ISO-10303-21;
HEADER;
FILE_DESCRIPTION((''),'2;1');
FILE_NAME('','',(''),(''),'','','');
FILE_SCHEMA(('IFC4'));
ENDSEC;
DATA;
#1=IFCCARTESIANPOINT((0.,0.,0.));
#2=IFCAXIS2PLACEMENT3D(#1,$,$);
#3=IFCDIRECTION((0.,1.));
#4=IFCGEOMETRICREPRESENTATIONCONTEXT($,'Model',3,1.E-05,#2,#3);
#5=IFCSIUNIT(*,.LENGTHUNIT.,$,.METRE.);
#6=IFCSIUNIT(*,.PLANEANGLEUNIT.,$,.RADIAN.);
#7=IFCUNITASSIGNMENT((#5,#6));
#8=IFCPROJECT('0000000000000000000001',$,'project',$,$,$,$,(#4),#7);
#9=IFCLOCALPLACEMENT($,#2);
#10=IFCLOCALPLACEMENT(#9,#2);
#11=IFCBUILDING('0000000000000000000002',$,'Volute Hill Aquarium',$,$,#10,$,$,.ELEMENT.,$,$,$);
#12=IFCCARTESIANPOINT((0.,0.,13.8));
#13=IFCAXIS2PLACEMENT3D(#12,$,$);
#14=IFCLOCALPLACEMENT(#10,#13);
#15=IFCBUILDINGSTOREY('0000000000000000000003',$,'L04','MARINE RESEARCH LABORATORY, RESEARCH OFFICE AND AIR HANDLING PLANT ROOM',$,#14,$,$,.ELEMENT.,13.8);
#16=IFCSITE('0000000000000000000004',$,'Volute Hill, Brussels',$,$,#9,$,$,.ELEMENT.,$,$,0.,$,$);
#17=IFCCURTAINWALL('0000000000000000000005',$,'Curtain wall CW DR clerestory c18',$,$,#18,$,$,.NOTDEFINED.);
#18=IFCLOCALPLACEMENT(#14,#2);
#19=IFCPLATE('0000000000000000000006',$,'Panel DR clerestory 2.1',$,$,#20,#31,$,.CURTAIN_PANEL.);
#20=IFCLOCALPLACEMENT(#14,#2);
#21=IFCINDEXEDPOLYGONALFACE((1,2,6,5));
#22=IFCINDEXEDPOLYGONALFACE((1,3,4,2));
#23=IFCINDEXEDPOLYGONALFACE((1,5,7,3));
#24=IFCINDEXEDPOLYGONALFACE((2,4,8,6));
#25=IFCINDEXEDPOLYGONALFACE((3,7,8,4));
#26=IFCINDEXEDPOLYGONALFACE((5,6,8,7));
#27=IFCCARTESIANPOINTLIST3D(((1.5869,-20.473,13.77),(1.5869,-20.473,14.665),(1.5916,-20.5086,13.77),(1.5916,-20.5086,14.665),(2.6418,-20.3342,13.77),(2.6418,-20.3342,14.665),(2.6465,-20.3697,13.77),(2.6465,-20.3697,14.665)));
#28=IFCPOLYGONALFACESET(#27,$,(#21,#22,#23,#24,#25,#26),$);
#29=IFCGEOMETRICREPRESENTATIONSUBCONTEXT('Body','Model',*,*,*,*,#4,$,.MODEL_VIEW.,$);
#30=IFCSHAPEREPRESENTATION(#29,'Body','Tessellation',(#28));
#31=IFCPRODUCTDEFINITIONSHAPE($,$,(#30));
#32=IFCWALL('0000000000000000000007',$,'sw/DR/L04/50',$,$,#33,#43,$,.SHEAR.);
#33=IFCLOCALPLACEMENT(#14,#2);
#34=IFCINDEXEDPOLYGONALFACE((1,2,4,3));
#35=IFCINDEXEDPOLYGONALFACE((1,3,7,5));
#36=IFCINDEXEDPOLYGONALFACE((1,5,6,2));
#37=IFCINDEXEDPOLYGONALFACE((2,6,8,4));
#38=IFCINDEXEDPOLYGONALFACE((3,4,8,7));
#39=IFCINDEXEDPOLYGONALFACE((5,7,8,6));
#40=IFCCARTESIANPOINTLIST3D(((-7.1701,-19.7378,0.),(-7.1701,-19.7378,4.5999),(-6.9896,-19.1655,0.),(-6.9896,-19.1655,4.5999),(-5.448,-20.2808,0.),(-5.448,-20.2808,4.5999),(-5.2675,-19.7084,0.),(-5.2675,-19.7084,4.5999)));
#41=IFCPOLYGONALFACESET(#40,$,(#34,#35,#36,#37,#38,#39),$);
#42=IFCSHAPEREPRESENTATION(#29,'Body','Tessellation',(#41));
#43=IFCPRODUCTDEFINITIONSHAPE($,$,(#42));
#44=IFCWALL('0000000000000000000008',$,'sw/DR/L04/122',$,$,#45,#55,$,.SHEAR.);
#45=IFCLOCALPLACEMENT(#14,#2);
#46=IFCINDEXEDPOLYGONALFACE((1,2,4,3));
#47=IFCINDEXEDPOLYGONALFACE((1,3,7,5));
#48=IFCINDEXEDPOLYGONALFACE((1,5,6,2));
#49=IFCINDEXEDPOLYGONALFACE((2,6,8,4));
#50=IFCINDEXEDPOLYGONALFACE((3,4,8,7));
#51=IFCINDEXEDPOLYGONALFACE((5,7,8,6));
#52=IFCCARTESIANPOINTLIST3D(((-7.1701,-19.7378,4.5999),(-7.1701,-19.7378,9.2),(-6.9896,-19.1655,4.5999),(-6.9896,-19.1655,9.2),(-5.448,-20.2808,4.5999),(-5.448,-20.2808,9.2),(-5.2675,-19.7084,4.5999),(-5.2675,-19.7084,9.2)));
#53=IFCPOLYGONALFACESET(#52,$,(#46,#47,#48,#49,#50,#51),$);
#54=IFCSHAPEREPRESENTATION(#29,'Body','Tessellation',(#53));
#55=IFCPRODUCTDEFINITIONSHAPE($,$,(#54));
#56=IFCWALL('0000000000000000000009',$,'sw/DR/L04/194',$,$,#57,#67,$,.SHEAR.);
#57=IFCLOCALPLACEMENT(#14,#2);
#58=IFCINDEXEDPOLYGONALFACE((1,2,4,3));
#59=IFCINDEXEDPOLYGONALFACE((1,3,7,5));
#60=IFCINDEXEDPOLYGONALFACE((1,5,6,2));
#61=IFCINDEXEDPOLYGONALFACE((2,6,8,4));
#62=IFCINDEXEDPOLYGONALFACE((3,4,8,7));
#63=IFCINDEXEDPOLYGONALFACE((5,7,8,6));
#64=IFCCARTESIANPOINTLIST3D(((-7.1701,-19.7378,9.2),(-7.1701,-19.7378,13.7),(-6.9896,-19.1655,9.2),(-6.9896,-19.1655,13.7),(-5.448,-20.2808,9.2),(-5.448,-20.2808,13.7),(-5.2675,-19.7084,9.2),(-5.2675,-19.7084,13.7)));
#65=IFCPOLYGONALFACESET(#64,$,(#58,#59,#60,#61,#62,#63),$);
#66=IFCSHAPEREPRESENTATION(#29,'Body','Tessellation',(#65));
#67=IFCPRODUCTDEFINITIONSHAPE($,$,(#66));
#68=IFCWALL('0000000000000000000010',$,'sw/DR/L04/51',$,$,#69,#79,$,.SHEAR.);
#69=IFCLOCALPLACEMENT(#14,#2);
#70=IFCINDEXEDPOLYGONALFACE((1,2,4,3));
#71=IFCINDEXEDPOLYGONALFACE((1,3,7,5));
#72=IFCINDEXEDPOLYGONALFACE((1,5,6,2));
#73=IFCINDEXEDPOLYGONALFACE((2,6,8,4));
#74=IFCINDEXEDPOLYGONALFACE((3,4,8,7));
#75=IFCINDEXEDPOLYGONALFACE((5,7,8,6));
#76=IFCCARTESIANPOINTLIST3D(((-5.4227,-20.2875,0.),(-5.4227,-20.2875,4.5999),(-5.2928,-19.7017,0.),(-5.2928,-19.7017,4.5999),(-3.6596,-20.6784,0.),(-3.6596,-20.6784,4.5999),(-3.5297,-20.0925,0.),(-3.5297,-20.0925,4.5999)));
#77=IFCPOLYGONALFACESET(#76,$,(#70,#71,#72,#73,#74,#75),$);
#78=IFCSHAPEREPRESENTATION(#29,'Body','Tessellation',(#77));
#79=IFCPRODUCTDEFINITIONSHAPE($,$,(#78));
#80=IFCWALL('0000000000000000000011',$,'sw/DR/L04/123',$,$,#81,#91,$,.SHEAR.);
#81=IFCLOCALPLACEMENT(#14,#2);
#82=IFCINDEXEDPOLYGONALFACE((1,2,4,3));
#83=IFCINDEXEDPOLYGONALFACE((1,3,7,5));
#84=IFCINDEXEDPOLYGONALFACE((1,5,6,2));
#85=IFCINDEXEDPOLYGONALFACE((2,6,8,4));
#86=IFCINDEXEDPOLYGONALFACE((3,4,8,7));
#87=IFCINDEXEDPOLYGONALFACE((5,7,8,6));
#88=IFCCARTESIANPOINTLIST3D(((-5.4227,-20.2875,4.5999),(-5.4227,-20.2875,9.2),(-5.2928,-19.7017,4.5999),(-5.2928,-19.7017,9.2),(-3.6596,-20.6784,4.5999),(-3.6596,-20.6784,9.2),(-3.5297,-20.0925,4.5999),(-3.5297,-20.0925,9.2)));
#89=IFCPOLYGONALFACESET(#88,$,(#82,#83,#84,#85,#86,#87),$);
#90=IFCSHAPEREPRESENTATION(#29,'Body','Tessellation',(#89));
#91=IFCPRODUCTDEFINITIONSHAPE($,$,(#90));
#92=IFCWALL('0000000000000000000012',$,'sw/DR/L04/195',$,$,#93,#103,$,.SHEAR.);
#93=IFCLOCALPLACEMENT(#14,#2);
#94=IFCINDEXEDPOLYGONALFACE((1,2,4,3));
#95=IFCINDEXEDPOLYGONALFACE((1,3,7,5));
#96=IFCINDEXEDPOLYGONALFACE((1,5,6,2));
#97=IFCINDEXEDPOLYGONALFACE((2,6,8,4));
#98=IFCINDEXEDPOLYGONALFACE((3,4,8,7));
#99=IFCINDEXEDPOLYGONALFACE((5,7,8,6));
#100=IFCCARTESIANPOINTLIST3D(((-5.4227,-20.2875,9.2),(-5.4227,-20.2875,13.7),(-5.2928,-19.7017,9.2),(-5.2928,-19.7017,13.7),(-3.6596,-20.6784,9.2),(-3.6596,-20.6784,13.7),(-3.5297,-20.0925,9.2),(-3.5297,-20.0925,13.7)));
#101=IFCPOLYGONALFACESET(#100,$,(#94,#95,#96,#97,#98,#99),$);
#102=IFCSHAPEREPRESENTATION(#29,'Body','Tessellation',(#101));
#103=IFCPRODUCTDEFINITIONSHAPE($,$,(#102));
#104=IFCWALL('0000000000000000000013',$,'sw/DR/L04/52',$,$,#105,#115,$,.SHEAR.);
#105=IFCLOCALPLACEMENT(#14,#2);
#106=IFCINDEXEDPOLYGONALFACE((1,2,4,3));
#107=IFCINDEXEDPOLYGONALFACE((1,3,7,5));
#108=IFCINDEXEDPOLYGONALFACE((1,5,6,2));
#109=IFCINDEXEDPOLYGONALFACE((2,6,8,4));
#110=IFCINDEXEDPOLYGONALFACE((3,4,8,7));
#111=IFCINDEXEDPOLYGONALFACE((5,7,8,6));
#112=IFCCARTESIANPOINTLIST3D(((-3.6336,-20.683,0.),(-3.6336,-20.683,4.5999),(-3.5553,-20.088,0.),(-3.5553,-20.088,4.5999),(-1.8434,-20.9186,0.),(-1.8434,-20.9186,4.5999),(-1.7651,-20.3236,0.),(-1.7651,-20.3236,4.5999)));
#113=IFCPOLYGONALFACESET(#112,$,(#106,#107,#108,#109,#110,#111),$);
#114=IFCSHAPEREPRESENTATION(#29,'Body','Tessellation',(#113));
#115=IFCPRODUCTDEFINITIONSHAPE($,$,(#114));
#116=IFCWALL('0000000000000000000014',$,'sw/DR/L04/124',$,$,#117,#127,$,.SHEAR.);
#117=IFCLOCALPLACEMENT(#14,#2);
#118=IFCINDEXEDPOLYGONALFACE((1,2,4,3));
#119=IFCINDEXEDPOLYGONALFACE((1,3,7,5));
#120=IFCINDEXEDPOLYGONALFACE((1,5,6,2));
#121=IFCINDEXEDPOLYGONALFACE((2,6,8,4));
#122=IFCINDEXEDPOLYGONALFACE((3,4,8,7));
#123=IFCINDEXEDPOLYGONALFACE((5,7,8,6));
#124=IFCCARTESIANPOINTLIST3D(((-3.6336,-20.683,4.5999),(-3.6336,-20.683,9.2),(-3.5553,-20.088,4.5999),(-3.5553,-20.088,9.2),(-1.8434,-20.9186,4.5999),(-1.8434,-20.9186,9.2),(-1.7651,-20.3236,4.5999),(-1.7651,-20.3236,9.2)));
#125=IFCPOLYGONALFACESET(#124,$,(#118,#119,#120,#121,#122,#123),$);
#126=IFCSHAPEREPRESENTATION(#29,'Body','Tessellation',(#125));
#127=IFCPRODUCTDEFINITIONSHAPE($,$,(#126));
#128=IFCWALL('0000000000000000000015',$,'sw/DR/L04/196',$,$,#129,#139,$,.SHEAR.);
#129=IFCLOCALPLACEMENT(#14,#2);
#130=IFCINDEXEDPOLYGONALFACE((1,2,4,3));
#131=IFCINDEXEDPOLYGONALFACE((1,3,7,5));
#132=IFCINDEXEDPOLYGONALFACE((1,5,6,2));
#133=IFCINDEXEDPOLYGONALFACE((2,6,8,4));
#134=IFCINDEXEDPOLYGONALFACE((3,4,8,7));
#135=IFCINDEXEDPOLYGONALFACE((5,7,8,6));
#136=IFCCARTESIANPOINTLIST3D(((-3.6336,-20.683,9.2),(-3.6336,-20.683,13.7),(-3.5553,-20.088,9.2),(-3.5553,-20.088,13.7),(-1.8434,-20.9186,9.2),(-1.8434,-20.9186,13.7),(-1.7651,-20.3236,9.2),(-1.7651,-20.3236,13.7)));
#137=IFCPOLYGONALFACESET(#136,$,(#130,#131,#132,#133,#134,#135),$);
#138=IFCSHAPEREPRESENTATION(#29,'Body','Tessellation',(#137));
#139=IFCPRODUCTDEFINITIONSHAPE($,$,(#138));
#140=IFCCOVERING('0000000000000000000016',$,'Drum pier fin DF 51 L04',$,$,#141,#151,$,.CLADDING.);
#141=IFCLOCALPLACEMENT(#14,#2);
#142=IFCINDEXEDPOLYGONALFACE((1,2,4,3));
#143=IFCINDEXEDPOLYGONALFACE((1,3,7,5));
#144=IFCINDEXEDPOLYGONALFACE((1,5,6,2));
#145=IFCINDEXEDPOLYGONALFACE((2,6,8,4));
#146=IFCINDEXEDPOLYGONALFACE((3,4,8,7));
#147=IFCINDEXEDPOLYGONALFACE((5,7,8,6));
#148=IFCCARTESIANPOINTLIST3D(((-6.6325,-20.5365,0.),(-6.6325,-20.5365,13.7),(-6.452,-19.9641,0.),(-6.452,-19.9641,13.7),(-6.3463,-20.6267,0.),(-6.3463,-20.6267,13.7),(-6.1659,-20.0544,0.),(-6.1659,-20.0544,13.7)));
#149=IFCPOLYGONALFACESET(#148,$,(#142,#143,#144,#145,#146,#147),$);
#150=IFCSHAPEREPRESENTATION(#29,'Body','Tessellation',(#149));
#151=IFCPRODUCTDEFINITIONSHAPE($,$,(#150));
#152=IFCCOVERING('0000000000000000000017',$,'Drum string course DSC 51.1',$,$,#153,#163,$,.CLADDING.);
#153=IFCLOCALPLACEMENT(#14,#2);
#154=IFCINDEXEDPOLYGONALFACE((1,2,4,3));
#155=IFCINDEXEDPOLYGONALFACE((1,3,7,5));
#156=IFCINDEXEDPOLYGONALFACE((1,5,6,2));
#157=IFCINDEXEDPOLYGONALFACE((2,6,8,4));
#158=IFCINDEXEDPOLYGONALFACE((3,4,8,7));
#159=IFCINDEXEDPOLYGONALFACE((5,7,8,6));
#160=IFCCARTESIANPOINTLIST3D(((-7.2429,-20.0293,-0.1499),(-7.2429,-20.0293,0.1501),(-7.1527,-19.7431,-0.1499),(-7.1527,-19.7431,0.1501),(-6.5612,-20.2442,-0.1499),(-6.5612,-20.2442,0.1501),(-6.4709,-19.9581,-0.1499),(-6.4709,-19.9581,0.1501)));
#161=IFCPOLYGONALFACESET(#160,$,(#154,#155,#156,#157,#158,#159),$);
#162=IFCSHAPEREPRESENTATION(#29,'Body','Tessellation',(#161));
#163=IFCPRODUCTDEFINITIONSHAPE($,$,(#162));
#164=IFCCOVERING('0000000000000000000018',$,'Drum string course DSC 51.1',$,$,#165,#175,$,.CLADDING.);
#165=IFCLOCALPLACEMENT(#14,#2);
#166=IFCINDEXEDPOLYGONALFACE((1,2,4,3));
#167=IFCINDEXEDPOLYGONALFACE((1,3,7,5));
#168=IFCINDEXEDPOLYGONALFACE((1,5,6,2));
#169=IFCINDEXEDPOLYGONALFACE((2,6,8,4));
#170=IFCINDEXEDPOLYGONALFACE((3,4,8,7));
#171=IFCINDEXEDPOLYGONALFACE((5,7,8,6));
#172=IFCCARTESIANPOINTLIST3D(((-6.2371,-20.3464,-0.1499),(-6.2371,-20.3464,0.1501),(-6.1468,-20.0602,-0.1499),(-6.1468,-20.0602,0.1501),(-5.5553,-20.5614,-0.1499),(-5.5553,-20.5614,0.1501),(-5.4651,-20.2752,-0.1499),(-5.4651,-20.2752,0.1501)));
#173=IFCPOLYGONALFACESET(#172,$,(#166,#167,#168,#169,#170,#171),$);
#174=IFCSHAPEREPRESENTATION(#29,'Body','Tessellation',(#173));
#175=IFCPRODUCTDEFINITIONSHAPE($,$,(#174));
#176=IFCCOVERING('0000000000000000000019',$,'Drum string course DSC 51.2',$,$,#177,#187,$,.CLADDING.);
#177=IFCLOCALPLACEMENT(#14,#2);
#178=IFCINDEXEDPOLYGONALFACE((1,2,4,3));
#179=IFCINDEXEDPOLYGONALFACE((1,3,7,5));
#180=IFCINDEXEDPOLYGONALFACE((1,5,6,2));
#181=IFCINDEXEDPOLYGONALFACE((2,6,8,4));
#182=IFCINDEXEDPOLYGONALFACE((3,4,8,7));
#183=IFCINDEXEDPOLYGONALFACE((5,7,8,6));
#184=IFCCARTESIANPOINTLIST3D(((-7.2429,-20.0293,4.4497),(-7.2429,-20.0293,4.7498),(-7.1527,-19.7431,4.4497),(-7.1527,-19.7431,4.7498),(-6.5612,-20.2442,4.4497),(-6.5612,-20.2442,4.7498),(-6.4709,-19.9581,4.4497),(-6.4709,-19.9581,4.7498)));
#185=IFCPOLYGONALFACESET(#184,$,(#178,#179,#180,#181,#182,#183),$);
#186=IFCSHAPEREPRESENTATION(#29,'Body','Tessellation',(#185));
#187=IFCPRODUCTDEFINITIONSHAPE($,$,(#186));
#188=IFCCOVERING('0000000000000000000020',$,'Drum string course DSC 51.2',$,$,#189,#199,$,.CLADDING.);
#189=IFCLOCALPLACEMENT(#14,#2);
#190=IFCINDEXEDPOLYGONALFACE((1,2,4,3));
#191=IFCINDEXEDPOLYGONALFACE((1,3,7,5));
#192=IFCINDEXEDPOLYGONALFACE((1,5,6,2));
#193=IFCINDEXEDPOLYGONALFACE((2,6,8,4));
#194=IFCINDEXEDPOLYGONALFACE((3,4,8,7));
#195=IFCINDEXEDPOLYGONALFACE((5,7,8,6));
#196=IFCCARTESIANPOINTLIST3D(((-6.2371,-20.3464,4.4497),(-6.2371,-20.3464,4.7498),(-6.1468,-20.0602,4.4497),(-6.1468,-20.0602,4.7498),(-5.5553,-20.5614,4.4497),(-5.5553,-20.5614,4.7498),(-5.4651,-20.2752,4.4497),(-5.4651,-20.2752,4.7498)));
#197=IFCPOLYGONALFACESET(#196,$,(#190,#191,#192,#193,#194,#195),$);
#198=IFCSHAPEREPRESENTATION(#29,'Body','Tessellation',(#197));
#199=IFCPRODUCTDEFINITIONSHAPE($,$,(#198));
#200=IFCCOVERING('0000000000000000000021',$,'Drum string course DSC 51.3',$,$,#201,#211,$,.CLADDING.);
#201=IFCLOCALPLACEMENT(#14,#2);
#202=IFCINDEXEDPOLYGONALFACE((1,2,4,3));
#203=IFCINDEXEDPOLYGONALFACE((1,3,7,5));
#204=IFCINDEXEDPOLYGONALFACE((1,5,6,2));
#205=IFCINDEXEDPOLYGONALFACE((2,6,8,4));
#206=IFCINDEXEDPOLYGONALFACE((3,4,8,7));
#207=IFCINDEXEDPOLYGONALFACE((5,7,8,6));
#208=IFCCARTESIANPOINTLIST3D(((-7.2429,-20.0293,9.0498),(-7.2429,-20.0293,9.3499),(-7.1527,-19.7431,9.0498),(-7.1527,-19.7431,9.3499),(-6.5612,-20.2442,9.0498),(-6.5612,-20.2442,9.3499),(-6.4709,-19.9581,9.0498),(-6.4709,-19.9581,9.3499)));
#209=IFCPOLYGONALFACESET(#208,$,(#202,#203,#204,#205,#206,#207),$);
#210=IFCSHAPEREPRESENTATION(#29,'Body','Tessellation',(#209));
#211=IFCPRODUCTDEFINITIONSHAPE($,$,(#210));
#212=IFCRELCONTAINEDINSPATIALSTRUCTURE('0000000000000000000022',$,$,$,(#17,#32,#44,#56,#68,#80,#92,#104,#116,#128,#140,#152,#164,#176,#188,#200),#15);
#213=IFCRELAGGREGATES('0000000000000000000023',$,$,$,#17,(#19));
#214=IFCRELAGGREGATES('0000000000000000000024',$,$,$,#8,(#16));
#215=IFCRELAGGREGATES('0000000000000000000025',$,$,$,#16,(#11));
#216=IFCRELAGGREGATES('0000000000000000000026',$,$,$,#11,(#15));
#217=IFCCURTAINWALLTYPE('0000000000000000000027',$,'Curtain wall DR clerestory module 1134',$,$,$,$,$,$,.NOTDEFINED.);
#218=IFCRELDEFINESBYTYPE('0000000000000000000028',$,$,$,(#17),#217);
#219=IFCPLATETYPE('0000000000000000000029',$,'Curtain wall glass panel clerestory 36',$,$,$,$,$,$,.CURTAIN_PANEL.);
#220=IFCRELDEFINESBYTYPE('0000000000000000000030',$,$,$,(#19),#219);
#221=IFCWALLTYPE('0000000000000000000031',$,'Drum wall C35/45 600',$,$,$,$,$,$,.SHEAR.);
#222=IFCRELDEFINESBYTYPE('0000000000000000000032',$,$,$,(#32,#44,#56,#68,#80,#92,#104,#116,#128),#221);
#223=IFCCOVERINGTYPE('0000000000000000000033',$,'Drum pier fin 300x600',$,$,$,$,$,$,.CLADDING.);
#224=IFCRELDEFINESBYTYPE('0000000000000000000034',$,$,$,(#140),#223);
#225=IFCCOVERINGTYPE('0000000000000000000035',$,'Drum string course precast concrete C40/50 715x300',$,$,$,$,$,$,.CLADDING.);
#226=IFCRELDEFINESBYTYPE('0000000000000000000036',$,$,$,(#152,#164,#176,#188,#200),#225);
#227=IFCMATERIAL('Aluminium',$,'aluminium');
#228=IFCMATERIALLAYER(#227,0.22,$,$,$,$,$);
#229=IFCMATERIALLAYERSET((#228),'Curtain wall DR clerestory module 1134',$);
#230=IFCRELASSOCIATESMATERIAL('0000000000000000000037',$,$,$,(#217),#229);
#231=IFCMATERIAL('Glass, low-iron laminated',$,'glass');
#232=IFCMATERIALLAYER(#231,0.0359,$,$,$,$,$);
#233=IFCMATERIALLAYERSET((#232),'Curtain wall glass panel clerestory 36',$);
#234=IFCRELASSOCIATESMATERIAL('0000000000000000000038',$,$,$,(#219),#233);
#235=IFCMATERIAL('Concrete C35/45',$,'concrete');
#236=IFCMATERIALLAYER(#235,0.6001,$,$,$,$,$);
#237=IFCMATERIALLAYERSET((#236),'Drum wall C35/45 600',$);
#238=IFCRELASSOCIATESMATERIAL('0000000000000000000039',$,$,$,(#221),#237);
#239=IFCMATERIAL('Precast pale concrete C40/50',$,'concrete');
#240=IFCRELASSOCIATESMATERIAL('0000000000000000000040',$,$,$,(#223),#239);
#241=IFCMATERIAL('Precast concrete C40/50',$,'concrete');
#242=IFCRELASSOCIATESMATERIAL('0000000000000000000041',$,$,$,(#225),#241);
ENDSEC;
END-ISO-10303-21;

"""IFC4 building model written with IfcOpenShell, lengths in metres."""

from ifc_helpers import new_model, si_unit, direction, frame, frame_2d, origin, origin_2d, place, context, subcontext, project, spatial, rectangle, extrude, material, layer, layer_set, type_object, element, aggregate, save


model = new_model("IFC4")

# Units and contexts
model_context = context("Model", 3, precision=1e-05, world=origin(), true_north=direction((0.0, 1.0)))
body_context = subcontext(model_context, "Body", "Model", "MODEL_VIEW")
ifc_project = project(units=[si_unit("LENGTHUNIT", "METRE"), si_unit("PLANEANGLEUNIT", "RADIAN")], contexts=[model_context])

# Site, building, storey
site_placement = place(None, origin())
site = spatial("IfcSite", under=ifc_project, at=site_placement, Name="Volute Hill, Brussels", CompositionType="ELEMENT", RefElevation=0.0)
building_placement = place(site_placement, origin())
building = spatial("IfcBuilding", under=site, at=building_placement, Name="Volute Hill Aquarium", CompositionType="ELEMENT")
storey_placement = place(building_placement, frame((0.0, 0.0, 13.8)))
storey = spatial("IfcBuildingStorey", under=building, at=storey_placement, Name="L04", Description="MARINE RESEARCH LABORATORY, RESEARCH OFFICE AND AIR HANDLING PLANT ROOM", CompositionType="ELEMENT", Elevation=13.8)

# Shared definitions
ifc_material_1 = material(Name="Aluminium", Category="aluminium")
ifc_layer_1 = layer(ifc_material_1, 0.22)
ifc_layer_set_1 = layer_set([ifc_layer_1], Name="Curtain wall DR clerestory module 1134")
curtain_wall_type = type_object("IfcCurtainWallType", Name="Curtain wall DR clerestory module 1134", PredefinedType="NOTDEFINED", material=ifc_layer_set_1)

# Curtain wall
curtain_wall_1_placement = place(storey_placement, origin())
curtain_wall_1 = element("IfcCurtainWall", 1, at=curtain_wall_1_placement, inside=storey, type_object=curtain_wall_type, Name="Curtain wall CW DR clerestory c18", PredefinedType="NOTDEFINED")

# Plate
ifc_material_2 = material(Name="Glass, low-iron laminated", Category="glass")
ifc_layer_2 = layer(ifc_material_2, 0.0359)
ifc_layer_set_2 = layer_set([ifc_layer_2], Name="Curtain wall glass panel clerestory 36")
plate_type = type_object("IfcPlateType", Name="Curtain wall glass panel clerestory 36", PredefinedType="CURTAIN_PANEL", material=ifc_layer_set_2)
plate_1_placement = place(storey_placement, frame((2.1167, -20.4214, 13.77), z_axis=(0.0, 0.0, 1.0), x_axis=(0.991446, 0.130519, 0.0)))
plate_1 = element("IfcPlate", 2, at=plate_1_placement, type_object=plate_type, Name="Panel DR clerestory 2.1", PredefinedType="CURTAIN_PANEL", context=body_context, shape_type="SweptSolid", body=[
    extrude(rectangle(XDim=1.064, YDim=0.0359, at=origin_2d()), origin(), (0.0, 0.0, 1.0), 0.895),
])
aggregate(curtain_wall_1, [plate_1])

# Walls
ifc_material_3 = material(Name="Concrete C35/45", Category="concrete")
ifc_layer_3 = layer(ifc_material_3, 0.6001)
ifc_layer_set_3 = layer_set([ifc_layer_3], Name="Drum wall C35/45 600")
wall_type = type_object("IfcWallType", Name="Drum wall C35/45 600", PredefinedType="SHEAR", material=ifc_layer_set_3)
wall_1_placement = place(storey_placement, frame((-7.0798, -19.4517, 0.0), z_axis=(0.0, 0.0, 1.0), x_axis=(0.953722, -0.300691, 0.0)))
element("IfcWall", 3, at=wall_1_placement, inside=storey, type_object=wall_type, Name="sw/DR/L04/50", PredefinedType="SHEAR", context=body_context, shape_type="SweptSolid", body=[
    extrude(rectangle(XDim=1.8057, YDim=0.6001, at=frame_2d((0.9028, 0.0))), origin(), (0.0, 0.0, 1.0), 4.5999),
])
wall_2_placement = place(storey_placement, frame((-7.0798, -19.4517, 4.5999), z_axis=(0.0, 0.0, 1.0), x_axis=(0.953722, -0.300691, 0.0)))
element("IfcWall", 4, at=wall_2_placement, inside=storey, type_object=wall_type, Name="sw/DR/L04/122", PredefinedType="SHEAR", context=body_context, shape_type="SweptSolid", body=[
    extrude(rectangle(XDim=1.8057, YDim=0.6001, at=frame_2d((0.9028, 0.0))), origin(), (0.0, 0.0, 1.0), 4.6001),
])
wall_3_placement = place(storey_placement, frame((-7.0798, -19.4517, 9.2), z_axis=(0.0, 0.0, 1.0), x_axis=(0.953722, -0.300691, 0.0)))
element("IfcWall", 5, at=wall_3_placement, inside=storey, type_object=wall_type, Name="sw/DR/L04/194", PredefinedType="SHEAR", context=body_context, shape_type="SweptSolid", body=[
    extrude(rectangle(XDim=1.8057, YDim=0.6001, at=frame_2d((0.9028, 0.0))), origin(), (0.0, 0.0, 1.0), 4.5),
])
wall_4_placement = place(storey_placement, frame((-5.3577, -19.9946, 0.0), z_axis=(0.0, 0.0, 1.0), x_axis=(0.976298, -0.216429, 0.0)))
element("IfcWall", 6, at=wall_4_placement, inside=storey, type_object=wall_type, Name="sw/DR/L04/51", PredefinedType="SHEAR", context=body_context, shape_type="SweptSolid", body=[
    extrude(rectangle(XDim=1.8059, YDim=0.6001, at=frame_2d((0.9028, 0.0))), origin(), (0.0, 0.0, 1.0), 4.5999),
])
wall_5_placement = place(storey_placement, frame((-5.3577, -19.9946, 4.5999), z_axis=(0.0, 0.0, 1.0), x_axis=(0.976298, -0.216429, 0.0)))
element("IfcWall", 7, at=wall_5_placement, inside=storey, type_object=wall_type, Name="sw/DR/L04/123", PredefinedType="SHEAR", context=body_context, shape_type="SweptSolid", body=[
    extrude(rectangle(XDim=1.8059, YDim=0.6001, at=frame_2d((0.9028, 0.0))), origin(), (0.0, 0.0, 1.0), 4.6001),
])
wall_6_placement = place(storey_placement, frame((-5.3577, -19.9946, 9.2), z_axis=(0.0, 0.0, 1.0), x_axis=(0.976298, -0.216429, 0.0)))
element("IfcWall", 8, at=wall_6_placement, inside=storey, type_object=wall_type, Name="sw/DR/L04/195", PredefinedType="SHEAR", context=body_context, shape_type="SweptSolid", body=[
    extrude(rectangle(XDim=1.8059, YDim=0.6001, at=frame_2d((0.9028, 0.0))), origin(), (0.0, 0.0, 1.0), 4.5),
])
wall_7_placement = place(storey_placement, frame((-3.5945, -20.3855, 0.0), z_axis=(0.0, 0.0, 1.0), x_axis=(0.991452, -0.130472, 0.0)))
element("IfcWall", 9, at=wall_7_placement, inside=storey, type_object=wall_type, Name="sw/DR/L04/52", PredefinedType="SHEAR", context=body_context, shape_type="SweptSolid", body=[
    extrude(rectangle(XDim=1.8057, YDim=0.6001, at=frame_2d((0.9028, 0.0))), origin(), (0.0, 0.0, 1.0), 4.5999),
])
wall_8_placement = place(storey_placement, frame((-3.5945, -20.3855, 4.5999), z_axis=(0.0, 0.0, 1.0), x_axis=(0.991452, -0.130472, 0.0)))
element("IfcWall", 10, at=wall_8_placement, inside=storey, type_object=wall_type, Name="sw/DR/L04/124", PredefinedType="SHEAR", context=body_context, shape_type="SweptSolid", body=[
    extrude(rectangle(XDim=1.8057, YDim=0.6001, at=frame_2d((0.9028, 0.0))), origin(), (0.0, 0.0, 1.0), 4.6001),
])
wall_9_placement = place(storey_placement, frame((-3.5945, -20.3855, 9.2), z_axis=(0.0, 0.0, 1.0), x_axis=(0.991452, -0.130472, 0.0)))
element("IfcWall", 11, at=wall_9_placement, inside=storey, type_object=wall_type, Name="sw/DR/L04/196", PredefinedType="SHEAR", context=body_context, shape_type="SweptSolid", body=[
    extrude(rectangle(XDim=1.8057, YDim=0.6001, at=frame_2d((0.9028, 0.0))), origin(), (0.0, 0.0, 1.0), 4.5),
])

# Coverings
ifc_material_4 = material(Name="Precast pale concrete C40/50", Category="concrete")
covering_type_1 = type_object("IfcCoveringType", Name="Drum pier fin 300x600", PredefinedType="CLADDING", material=ifc_material_4)
covering_placement = place(storey_placement, frame((-6.3992, -20.2954, 0.0), z_axis=(0.0, 0.0, 1.0), x_axis=(0.953717, -0.300706, 0.0)))
element("IfcCovering", 12, at=covering_placement, inside=storey, type_object=covering_type_1, Name="Drum pier fin DF 51 L04", PredefinedType="CLADDING", context=body_context, shape_type="SweptSolid", body=[
    extrude(rectangle(XDim=0.3, YDim=0.6001, at=origin_2d()), origin(), (0.0, 0.0, 1.0), 13.7),
])
ifc_material_5 = material(Name="Precast concrete C40/50", Category="concrete")
covering_type_2 = type_object("IfcCoveringType", Name="Drum string course precast concrete C40/50 715x300", PredefinedType="CLADDING", material=ifc_material_5)
for number, where, z_axis, x_axis, name in (
    (13, (-6.8569, -19.9937, -0.1499), (0.0, 0.0, 1.0), (0.953717, -0.300706, 0.0), "Drum string course DSC 51.1"),
    (14, (-5.8511, -20.3108, -0.1499), (0.0, 0.0, 1.0), (0.953717, -0.300706, 0.0), "Drum string course DSC 51.1"),
    (15, (-6.8569, -19.9937, 4.4497), (0.0, 0.0, 1.0), (0.953717, -0.300706, 0.0), "Drum string course DSC 51.2"),
    (16, (-5.8511, -20.3108, 4.4497), (0.0, 0.0, 1.0), (0.953717, -0.300706, 0.0), "Drum string course DSC 51.2"),
    (17, (-6.8569, -19.9937, 9.0498), (0.0, 0.0, 1.0), (0.953717, -0.300706, 0.0), "Drum string course DSC 51.3"),
):
    element("IfcCovering", number, at=place(storey_placement, frame(where, z_axis=z_axis, x_axis=x_axis)), inside=storey, type_object=covering_type_2, Name=name, PredefinedType="CLADDING", context=body_context, shape_type="SweptSolid", body=[
        extrude(rectangle(XDim=0.7148, YDim=0.3, at=origin_2d()), origin(), (0.0, 0.0, 1.0), 0.3),
    ])

save(model, "model.ifc")
